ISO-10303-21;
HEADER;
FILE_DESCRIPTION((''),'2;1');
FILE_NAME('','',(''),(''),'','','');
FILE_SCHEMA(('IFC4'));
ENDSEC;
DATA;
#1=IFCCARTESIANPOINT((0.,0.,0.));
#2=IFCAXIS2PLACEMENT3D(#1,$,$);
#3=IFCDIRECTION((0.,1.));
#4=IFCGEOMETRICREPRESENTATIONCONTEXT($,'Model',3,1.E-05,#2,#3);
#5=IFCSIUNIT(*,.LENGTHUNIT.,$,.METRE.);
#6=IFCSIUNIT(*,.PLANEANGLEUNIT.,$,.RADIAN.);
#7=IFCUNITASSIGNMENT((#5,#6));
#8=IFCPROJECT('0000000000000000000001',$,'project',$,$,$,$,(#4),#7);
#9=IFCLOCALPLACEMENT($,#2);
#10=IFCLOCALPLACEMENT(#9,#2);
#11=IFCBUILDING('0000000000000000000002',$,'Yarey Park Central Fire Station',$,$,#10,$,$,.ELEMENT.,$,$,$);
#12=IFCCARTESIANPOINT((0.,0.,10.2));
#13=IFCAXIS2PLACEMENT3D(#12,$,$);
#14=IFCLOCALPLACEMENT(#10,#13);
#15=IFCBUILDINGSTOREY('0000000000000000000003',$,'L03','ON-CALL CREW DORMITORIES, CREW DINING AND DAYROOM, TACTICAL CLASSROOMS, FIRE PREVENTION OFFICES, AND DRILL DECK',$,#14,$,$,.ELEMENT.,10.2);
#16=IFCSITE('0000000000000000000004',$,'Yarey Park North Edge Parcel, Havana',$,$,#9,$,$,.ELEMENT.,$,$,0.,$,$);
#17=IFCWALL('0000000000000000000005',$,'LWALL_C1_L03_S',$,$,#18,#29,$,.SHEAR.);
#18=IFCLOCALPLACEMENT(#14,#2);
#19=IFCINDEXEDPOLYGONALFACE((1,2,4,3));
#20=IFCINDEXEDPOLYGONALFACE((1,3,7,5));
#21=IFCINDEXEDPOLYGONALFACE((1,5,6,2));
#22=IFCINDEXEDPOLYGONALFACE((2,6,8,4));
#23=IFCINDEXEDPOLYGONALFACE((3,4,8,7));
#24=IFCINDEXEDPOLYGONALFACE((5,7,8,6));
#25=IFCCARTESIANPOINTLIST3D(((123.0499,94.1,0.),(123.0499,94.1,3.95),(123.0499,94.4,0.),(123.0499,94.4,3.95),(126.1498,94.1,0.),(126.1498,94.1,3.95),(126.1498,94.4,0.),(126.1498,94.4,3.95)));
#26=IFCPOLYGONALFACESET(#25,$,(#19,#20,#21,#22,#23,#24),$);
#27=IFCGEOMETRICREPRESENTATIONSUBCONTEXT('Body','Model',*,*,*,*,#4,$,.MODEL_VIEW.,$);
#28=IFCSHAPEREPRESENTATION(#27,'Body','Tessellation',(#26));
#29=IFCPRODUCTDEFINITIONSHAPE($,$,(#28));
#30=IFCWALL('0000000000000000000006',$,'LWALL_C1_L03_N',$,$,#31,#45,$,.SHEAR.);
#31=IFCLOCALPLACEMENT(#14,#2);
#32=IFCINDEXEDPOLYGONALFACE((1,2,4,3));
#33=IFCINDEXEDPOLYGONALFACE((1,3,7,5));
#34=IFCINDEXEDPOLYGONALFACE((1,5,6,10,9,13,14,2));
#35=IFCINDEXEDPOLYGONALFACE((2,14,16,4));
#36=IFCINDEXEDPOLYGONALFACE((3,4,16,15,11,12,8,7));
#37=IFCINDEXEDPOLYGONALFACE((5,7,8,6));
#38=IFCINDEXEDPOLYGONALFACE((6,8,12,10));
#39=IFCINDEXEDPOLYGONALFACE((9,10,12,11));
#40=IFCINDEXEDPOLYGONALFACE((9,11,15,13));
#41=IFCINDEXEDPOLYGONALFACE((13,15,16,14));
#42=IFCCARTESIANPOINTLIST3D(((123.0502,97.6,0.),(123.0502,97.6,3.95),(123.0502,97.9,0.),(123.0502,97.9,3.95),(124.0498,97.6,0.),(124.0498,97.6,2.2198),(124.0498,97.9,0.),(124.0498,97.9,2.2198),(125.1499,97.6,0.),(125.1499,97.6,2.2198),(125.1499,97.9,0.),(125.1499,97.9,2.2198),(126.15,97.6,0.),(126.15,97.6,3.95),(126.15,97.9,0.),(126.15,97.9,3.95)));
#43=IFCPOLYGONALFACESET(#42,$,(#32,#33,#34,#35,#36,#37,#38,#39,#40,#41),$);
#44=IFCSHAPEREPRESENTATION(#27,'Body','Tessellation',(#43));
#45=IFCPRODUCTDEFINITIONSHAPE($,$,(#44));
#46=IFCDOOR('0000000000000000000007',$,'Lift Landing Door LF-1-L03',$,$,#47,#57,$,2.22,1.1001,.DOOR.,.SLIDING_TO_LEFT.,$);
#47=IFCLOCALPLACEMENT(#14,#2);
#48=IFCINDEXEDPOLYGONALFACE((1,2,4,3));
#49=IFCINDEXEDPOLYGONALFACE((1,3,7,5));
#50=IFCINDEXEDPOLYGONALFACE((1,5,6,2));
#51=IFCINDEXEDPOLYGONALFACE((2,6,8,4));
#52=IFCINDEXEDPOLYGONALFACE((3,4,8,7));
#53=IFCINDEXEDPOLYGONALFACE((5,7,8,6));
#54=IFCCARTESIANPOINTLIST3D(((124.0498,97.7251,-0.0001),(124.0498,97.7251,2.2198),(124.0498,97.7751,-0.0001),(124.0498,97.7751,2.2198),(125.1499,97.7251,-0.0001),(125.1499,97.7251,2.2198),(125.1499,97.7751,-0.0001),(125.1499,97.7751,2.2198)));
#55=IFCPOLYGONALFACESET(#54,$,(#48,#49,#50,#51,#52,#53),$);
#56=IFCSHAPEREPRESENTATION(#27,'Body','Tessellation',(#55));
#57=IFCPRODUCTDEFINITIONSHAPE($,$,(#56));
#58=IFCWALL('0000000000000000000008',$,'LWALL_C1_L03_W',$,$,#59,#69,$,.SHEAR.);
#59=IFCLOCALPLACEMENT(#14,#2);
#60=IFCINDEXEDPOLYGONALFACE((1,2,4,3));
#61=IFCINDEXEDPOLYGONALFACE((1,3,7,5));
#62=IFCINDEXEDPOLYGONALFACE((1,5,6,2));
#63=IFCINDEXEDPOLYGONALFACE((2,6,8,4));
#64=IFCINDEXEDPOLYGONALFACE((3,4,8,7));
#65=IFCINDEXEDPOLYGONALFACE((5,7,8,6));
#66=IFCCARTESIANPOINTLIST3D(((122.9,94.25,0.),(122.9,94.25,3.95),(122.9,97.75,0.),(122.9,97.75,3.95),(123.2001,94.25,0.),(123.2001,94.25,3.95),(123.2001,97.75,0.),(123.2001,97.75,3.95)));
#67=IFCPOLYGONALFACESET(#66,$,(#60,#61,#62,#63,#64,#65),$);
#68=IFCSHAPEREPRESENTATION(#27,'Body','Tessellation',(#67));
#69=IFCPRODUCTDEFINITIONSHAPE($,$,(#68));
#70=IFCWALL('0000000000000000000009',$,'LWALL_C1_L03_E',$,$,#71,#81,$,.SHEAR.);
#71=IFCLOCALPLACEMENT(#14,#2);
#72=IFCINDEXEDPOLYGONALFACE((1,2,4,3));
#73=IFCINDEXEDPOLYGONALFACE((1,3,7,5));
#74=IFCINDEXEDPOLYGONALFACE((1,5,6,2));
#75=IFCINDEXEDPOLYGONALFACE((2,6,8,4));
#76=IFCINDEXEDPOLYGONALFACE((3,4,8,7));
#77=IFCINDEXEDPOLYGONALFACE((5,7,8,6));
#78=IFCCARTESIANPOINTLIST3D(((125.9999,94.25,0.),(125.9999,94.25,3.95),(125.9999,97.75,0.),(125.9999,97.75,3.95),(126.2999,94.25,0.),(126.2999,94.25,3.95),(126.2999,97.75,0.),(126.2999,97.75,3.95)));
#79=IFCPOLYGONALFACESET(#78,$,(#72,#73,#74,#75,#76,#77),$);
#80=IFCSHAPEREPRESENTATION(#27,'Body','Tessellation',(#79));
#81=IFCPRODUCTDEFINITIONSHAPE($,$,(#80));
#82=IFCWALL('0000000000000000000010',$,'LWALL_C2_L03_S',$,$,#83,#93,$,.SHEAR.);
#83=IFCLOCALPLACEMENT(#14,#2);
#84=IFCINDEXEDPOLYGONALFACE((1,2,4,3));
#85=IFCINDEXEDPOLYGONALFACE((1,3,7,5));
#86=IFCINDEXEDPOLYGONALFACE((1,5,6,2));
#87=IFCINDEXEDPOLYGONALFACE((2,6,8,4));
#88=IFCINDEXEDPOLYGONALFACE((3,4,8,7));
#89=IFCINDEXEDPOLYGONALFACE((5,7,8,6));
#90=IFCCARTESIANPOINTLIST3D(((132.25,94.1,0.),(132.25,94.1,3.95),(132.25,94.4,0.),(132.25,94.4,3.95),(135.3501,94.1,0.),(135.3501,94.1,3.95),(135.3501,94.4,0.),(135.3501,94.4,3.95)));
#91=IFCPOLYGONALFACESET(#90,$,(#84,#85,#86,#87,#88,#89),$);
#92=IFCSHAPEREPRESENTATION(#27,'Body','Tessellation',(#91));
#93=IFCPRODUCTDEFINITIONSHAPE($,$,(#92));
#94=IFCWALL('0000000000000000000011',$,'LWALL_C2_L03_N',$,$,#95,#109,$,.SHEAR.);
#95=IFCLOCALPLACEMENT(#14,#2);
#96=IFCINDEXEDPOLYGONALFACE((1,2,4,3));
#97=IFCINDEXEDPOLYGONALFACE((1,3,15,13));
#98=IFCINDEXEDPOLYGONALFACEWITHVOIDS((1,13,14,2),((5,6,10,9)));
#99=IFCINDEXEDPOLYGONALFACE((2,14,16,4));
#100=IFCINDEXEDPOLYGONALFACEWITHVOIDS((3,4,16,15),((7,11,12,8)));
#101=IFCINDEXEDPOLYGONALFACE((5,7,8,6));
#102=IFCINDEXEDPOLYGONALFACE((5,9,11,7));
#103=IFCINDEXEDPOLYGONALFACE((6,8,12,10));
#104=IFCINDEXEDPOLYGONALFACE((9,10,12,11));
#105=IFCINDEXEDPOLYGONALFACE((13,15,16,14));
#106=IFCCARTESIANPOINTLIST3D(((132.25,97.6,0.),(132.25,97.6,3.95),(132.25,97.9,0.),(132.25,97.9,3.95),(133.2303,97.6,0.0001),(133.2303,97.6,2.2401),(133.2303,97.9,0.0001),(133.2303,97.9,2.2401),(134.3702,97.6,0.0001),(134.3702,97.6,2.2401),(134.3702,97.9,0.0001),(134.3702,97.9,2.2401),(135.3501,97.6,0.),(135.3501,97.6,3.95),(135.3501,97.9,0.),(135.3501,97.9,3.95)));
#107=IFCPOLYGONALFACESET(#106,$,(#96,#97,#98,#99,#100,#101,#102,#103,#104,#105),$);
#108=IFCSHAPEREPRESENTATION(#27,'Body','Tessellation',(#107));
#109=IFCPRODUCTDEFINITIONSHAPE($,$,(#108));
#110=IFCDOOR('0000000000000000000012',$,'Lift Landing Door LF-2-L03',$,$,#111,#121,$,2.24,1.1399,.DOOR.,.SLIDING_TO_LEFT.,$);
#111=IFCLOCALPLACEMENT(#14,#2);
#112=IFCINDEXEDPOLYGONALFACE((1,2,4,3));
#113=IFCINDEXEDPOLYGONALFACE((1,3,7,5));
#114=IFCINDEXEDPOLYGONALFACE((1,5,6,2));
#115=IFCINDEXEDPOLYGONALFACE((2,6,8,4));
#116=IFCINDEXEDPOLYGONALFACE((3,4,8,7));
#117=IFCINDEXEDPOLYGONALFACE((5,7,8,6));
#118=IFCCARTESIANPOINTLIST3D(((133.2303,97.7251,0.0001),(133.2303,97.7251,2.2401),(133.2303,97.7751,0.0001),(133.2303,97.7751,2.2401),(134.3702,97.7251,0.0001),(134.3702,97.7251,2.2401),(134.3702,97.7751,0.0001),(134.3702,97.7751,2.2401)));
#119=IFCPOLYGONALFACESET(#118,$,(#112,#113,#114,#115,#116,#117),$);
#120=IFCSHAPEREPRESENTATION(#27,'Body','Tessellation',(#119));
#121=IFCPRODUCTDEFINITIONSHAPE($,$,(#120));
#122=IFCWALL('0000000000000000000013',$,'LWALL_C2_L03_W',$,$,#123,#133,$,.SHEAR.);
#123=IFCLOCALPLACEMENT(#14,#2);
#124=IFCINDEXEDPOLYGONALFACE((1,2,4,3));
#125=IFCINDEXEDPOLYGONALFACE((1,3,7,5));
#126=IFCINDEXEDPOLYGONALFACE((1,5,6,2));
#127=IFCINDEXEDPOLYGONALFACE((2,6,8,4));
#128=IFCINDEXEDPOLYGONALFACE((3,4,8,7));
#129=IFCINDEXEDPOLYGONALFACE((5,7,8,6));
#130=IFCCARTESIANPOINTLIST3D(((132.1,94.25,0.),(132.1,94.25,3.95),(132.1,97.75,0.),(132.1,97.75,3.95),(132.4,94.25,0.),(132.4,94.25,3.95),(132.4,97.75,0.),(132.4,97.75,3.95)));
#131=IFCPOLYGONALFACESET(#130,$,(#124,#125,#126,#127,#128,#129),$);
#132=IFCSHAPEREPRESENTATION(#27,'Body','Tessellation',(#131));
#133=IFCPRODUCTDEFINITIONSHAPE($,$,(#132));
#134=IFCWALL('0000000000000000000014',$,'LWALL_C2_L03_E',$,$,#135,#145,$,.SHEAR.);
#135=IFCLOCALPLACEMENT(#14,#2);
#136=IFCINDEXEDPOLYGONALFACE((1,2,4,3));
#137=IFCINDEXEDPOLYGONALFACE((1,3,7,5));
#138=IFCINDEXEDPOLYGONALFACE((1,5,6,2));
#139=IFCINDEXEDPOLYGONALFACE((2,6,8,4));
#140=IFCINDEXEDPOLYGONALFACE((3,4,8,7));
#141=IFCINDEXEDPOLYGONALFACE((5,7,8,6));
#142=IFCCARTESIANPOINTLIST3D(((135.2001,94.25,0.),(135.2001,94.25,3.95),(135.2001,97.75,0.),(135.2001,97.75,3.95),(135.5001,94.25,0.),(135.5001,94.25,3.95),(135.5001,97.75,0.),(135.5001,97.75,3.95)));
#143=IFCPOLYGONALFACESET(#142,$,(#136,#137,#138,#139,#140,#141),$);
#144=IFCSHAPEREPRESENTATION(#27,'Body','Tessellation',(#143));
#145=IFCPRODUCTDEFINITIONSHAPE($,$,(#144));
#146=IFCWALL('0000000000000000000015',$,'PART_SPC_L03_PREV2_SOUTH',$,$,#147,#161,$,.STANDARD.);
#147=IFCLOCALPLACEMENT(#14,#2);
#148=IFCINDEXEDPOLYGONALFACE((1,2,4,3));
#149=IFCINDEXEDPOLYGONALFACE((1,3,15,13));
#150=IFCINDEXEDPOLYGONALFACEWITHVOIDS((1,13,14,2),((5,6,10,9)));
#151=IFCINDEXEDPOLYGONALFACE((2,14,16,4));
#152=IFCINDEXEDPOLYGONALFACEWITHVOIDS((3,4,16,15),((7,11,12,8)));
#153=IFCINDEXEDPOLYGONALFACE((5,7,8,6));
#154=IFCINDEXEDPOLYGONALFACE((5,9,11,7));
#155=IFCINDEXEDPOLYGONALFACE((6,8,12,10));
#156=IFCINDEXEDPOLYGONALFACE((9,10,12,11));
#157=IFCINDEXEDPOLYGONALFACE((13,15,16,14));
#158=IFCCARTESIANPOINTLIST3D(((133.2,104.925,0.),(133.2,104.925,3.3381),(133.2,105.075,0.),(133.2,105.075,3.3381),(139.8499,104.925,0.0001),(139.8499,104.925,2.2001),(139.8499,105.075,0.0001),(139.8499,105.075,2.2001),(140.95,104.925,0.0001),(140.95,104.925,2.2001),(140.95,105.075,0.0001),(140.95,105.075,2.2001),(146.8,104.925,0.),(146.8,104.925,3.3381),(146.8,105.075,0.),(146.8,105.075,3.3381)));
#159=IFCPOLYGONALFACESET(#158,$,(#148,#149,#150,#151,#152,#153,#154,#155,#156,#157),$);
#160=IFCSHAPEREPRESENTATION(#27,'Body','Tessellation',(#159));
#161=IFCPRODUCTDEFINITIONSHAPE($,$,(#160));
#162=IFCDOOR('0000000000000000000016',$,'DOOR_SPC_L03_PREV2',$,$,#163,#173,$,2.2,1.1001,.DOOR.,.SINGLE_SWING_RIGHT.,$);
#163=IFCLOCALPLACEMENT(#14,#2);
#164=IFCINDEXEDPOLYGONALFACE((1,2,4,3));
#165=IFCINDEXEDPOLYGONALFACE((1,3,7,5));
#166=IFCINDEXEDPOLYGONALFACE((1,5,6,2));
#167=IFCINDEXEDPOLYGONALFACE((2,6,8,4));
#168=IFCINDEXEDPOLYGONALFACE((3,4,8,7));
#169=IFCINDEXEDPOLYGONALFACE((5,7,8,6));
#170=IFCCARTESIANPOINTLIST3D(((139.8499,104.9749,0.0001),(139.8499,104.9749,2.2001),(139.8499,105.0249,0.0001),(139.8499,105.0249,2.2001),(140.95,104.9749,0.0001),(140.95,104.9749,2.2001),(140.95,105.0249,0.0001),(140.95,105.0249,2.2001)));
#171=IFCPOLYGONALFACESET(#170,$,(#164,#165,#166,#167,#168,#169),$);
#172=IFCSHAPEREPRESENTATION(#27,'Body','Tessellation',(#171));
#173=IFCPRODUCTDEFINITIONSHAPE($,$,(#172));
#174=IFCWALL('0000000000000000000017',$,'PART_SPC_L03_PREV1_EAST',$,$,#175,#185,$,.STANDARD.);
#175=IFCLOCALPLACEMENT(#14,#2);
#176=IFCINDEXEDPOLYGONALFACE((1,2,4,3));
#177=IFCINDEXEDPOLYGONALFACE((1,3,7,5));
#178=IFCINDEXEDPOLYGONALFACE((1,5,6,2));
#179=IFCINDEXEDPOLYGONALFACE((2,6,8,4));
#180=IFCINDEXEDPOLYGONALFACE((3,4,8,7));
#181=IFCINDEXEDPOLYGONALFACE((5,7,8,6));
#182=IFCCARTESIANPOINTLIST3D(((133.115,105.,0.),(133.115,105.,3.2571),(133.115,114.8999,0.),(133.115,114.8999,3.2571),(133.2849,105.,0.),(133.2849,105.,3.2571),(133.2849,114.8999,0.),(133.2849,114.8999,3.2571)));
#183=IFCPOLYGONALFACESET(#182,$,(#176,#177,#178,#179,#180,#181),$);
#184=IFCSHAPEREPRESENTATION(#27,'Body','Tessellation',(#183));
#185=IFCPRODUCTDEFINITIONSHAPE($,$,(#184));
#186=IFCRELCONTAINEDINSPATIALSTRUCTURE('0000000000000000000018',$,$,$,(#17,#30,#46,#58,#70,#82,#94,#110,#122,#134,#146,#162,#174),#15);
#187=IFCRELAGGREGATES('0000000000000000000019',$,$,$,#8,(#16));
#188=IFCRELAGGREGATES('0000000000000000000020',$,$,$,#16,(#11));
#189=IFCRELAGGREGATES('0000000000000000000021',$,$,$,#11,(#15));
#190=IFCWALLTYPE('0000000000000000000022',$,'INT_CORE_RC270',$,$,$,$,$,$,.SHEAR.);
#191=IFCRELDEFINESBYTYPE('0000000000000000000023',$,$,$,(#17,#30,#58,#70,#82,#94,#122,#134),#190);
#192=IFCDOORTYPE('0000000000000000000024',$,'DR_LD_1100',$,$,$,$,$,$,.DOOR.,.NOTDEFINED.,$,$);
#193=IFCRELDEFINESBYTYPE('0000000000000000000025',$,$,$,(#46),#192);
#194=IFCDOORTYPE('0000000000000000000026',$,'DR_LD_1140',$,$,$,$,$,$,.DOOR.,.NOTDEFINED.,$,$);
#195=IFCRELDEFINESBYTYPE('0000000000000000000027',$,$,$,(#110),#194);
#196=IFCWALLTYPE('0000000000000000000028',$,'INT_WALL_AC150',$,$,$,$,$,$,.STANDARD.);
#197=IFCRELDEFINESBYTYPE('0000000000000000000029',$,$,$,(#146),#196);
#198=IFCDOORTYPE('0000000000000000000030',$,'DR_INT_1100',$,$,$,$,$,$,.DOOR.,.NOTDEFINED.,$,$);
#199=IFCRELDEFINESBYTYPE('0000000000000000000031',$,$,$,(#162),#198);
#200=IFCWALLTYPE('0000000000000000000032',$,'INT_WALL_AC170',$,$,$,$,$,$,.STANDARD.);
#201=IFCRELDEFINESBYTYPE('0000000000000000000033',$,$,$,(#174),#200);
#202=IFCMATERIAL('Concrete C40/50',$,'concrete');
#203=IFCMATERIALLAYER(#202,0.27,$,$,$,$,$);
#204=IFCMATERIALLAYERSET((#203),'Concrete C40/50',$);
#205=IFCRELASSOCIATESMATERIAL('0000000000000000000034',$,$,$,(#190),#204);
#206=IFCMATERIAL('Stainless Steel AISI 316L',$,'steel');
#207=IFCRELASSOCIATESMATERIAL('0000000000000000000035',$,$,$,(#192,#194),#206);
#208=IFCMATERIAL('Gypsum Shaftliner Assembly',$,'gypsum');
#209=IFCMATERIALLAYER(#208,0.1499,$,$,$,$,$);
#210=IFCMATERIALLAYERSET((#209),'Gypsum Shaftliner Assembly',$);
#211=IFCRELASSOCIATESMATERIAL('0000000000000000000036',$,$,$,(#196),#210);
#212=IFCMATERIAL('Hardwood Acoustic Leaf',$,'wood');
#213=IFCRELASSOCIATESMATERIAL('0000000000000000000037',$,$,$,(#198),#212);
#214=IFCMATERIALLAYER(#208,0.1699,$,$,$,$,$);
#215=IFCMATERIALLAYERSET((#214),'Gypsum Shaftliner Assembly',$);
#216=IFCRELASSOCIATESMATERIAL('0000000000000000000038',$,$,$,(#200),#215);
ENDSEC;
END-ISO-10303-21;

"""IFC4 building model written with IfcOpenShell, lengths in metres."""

from ifc_helpers import new_model, si_unit, direction, frame, frame_2d, origin, place, context, subcontext, project, spatial, rectangle, extrude, material, layer, layer_set, type_object, element, fill, save


model = new_model("IFC4")

# Units and contexts
model_context = context("Model", 3, precision=1e-05, world=origin(), true_north=direction((0.0, 1.0)))
body_context = subcontext(model_context, "Body", "Model", "MODEL_VIEW")
ifc_project = project(units=[si_unit("LENGTHUNIT", "METRE"), si_unit("PLANEANGLEUNIT", "RADIAN")], contexts=[model_context])

# Site, building, storey
site_placement = place(None, origin())
site = spatial("IfcSite", under=ifc_project, at=site_placement, Name="Yarey Park North Edge Parcel, Havana", CompositionType="ELEMENT", RefElevation=0.0)
building_placement = place(site_placement, origin())
building = spatial("IfcBuilding", under=site, at=building_placement, Name="Yarey Park Central Fire Station", CompositionType="ELEMENT")
storey_placement = place(building_placement, frame((0.0, 0.0, 10.2)))
storey = spatial("IfcBuildingStorey", under=building, at=storey_placement, Name="L03", Description="ON-CALL CREW DORMITORIES, CREW DINING AND DAYROOM, TACTICAL CLASSROOMS, FIRE PREVENTION OFFICES, AND DRILL DECK", CompositionType="ELEMENT", Elevation=10.2)

# Shared definitions
ifc_material_1 = material(Name="Concrete C40/50", Category="concrete")

# Wall
ifc_layer_1 = layer(ifc_material_1, 0.27)
ifc_layer_set_1 = layer_set([ifc_layer_1], Name="Concrete C40/50")
wall_type_1 = type_object("IfcWallType", Name="INT_CORE_RC270", PredefinedType="SHEAR", material=ifc_layer_set_1)
wall_1_placement = place(storey_placement, frame((123.05, 94.25, 0.0), z_axis=(0.0, 0.0, 1.0), x_axis=(1.0, 0.0, 0.0)))
element("IfcWall", 1, at=wall_1_placement, inside=storey, type_object=wall_type_1, Name="LWALL_C1_L03_S", PredefinedType="SHEAR", context=body_context, shape_type="SweptSolid", body=[
    extrude(rectangle(XDim=3.0999, YDim=0.3, at=frame_2d((1.5498, 0.0))), origin(), (0.0, 0.0, 1.0), 3.95),
])

# Wall, opening, door
wall_2_placement = place(storey_placement, frame((126.1499, 97.75, 0.0), z_axis=(0.0, 0.0, 1.0), x_axis=(-1.0, 0.0, 0.0)))
wall_2 = element("IfcWall", 2, at=wall_2_placement, inside=storey, type_object=wall_type_1, Name="LWALL_C1_L03_N", PredefinedType="SHEAR", context=body_context, shape_type="SweptSolid", body=[
    extrude(rectangle(XDim=3.0999, YDim=0.3, at=frame_2d((1.5498, 0.0))), origin(), (0.0, 0.0, 1.0), 3.95),
])
opening_1_placement = place(wall_2_placement, frame((1.0, 0.0, 0.0)))
opening_1 = element("IfcOpeningElement", 3, at=opening_1_placement, cuts=wall_2, PredefinedType="OPENING", context=body_context, shape_type="SweptSolid", body=[
    extrude(rectangle(XDim=1.1001, YDim=2.22, at=frame_2d((0.55, 1.1099))), frame((0.0, 0.1599, 0.0), z_axis=(0.0, -1.0, 0.0), x_axis=(1.0, 0.0, 0.0)), (0.0, 0.0, 1.0), 0.3201),
])
ifc_material_2 = material(Name="Stainless Steel AISI 316L", Category="steel")
door_type_1 = type_object("IfcDoorType", Name="DR_LD_1100", OperationType="NOTDEFINED", PredefinedType="DOOR", material=ifc_material_2)
door_1_placement = place(opening_1_placement, origin())
door_1 = element("IfcDoor", 4, at=door_1_placement, inside=storey, type_object=door_type_1, Name="Lift Landing Door LF-1-L03", OperationType="SLIDING_TO_LEFT", OverallHeight=2.22, OverallWidth=1.1001, PredefinedType="DOOR", context=body_context, shape_type="SweptSolid", body=[
    extrude(rectangle(XDim=1.1001, YDim=2.22, at=frame_2d((0.55, 1.1099))), frame((0.0, 0.0249, 0.0), z_axis=(0.0, -1.0, 0.0), x_axis=(1.0, 0.0, 0.0)), (0.0, 0.0, 1.0), 0.05),
])
fill(opening_1, door_1)

# Walls
for number, where, z_axis, x_axis, name in (
    (5, (123.05, 97.75, 0.0), (0.0, 0.0, 1.0), (0.0, -1.0, 0.0), "LWALL_C1_L03_W"),
    (6, (126.1499, 94.25, 0.0), (0.0, 0.0, 1.0), (0.0, 1.0, 0.0), "LWALL_C1_L03_E"),
):
    element("IfcWall", number, at=place(storey_placement, frame(where, z_axis=z_axis, x_axis=x_axis)), inside=storey, type_object=wall_type_1, Name=name, PredefinedType="SHEAR", context=body_context, shape_type="SweptSolid", body=[
        extrude(rectangle(XDim=3.5, YDim=0.3, at=frame_2d((1.75, 0.0))), origin(), (0.0, 0.0, 1.0), 3.95),
    ])
wall_3_placement = place(storey_placement, frame((132.25, 94.25, 0.0), z_axis=(0.0, 0.0, 1.0), x_axis=(1.0, 0.0, 0.0)))
element("IfcWall", 7, at=wall_3_placement, inside=storey, type_object=wall_type_1, Name="LWALL_C2_L03_S", PredefinedType="SHEAR", context=body_context, shape_type="SweptSolid", body=[
    extrude(rectangle(XDim=3.1001, YDim=0.3, at=frame_2d((1.55, 0.0))), origin(), (0.0, 0.0, 1.0), 3.95),
])

# Wall, opening, door
wall_4_placement = place(storey_placement, frame((135.3501, 97.75, 0.0), z_axis=(0.0, 0.0, 1.0), x_axis=(-1.0, 0.0, 0.0)))
wall_4 = element("IfcWall", 8, at=wall_4_placement, inside=storey, type_object=wall_type_1, Name="LWALL_C2_L03_N", PredefinedType="SHEAR", context=body_context, shape_type="SweptSolid", body=[
    extrude(rectangle(XDim=3.1001, YDim=0.3, at=frame_2d((1.55, 0.0))), origin(), (0.0, 0.0, 1.0), 3.95),
])
opening_2_placement = place(wall_4_placement, frame((0.98, 0.0, 0.0)))
opening_2 = element("IfcOpeningElement", 9, at=opening_2_placement, cuts=wall_4, PredefinedType="OPENING", context=body_context, shape_type="SweptSolid", body=[
    extrude(rectangle(XDim=1.1399, YDim=2.24, at=frame_2d((0.5698, 1.1201))), frame((0.0, 0.1599, 0.0), z_axis=(0.0, -1.0, 0.0), x_axis=(1.0, 0.0, 0.0)), (0.0, 0.0, 1.0), 0.3201),
])
door_type_2 = type_object("IfcDoorType", Name="DR_LD_1140", OperationType="NOTDEFINED", PredefinedType="DOOR", material=ifc_material_2)
door_2_placement = place(opening_2_placement, origin())
door_2 = element("IfcDoor", 10, at=door_2_placement, inside=storey, type_object=door_type_2, Name="Lift Landing Door LF-2-L03", OperationType="SLIDING_TO_LEFT", OverallHeight=2.24, OverallWidth=1.1399, PredefinedType="DOOR", context=body_context, shape_type="SweptSolid", body=[
    extrude(rectangle(XDim=1.1399, YDim=2.24, at=frame_2d((0.5698, 1.1201))), frame((0.0, 0.0249, 0.0), z_axis=(0.0, -1.0, 0.0), x_axis=(1.0, 0.0, 0.0)), (0.0, 0.0, 1.0), 0.05),
])
fill(opening_2, door_2)

# Walls
for number, where, z_axis, x_axis, name in (
    (11, (132.25, 97.75, 0.0), (0.0, 0.0, 1.0), (0.0, -1.0, 0.0), "LWALL_C2_L03_W"),
    (12, (135.3501, 94.25, 0.0), (0.0, 0.0, 1.0), (0.0, 1.0, 0.0), "LWALL_C2_L03_E"),
):
    element("IfcWall", number, at=place(storey_placement, frame(where, z_axis=z_axis, x_axis=x_axis)), inside=storey, type_object=wall_type_1, Name=name, PredefinedType="SHEAR", context=body_context, shape_type="SweptSolid", body=[
        extrude(rectangle(XDim=3.5, YDim=0.3, at=frame_2d((1.75, 0.0))), origin(), (0.0, 0.0, 1.0), 3.95),
    ])

# Wall, opening, door
ifc_material_3 = material(Name="Gypsum Shaftliner Assembly", Category="gypsum")
ifc_layer_2 = layer(ifc_material_3, 0.1499)
ifc_layer_set_2 = layer_set([ifc_layer_2], Name="Gypsum Shaftliner Assembly")
wall_type_2 = type_object("IfcWallType", Name="INT_WALL_AC150", PredefinedType="STANDARD", material=ifc_layer_set_2)
wall_5_placement = place(storey_placement, frame((133.2, 105.0, 0.0), z_axis=(0.0, 0.0, 1.0), x_axis=(1.0, 0.0, 0.0)))
wall_5 = element("IfcWall", 13, at=wall_5_placement, inside=storey, type_object=wall_type_2, Name="PART_SPC_L03_PREV2_SOUTH", PredefinedType="STANDARD", context=body_context, shape_type="SweptSolid", body=[
    extrude(rectangle(XDim=13.6001, YDim=0.1499, at=frame_2d((6.8, 0.0))), origin(), (0.0, 0.0, 1.0), 3.3381),
])
opening_3_placement = place(wall_5_placement, frame((6.6499, 0.0, 0.0)))
opening_3 = element("IfcOpeningElement", 14, at=opening_3_placement, cuts=wall_5, PredefinedType="OPENING", context=body_context, shape_type="SweptSolid", body=[
    extrude(rectangle(XDim=1.1001, YDim=2.2, at=frame_2d((0.55, 1.1001))), frame((0.0, 0.085, 0.0), z_axis=(0.0, -1.0, 0.0), x_axis=(1.0, 0.0, 0.0)), (0.0, 0.0, 1.0), 0.1699),
])
ifc_material_4 = material(Name="Hardwood Acoustic Leaf", Category="wood")
door_type_3 = type_object("IfcDoorType", Name="DR_INT_1100", OperationType="NOTDEFINED", PredefinedType="DOOR", material=ifc_material_4)
door_3_placement = place(opening_3_placement, origin())
door_3 = element("IfcDoor", 15, at=door_3_placement, inside=storey, type_object=door_type_3, Name="DOOR_SPC_L03_PREV2", OperationType="SINGLE_SWING_RIGHT", OverallHeight=2.2, OverallWidth=1.1001, PredefinedType="DOOR", context=body_context, shape_type="SweptSolid", body=[
    extrude(rectangle(XDim=1.1001, YDim=2.2, at=frame_2d((0.55, 1.1001))), frame((0.0, 0.0249, 0.0), z_axis=(0.0, -1.0, 0.0), x_axis=(1.0, 0.0, 0.0)), (0.0, 0.0, 1.0), 0.05),
])
fill(opening_3, door_3)

# Wall
ifc_layer_3 = layer(ifc_material_3, 0.1699)
ifc_layer_set_3 = layer_set([ifc_layer_3], Name="Gypsum Shaftliner Assembly")
wall_type_3 = type_object("IfcWallType", Name="INT_WALL_AC170", PredefinedType="STANDARD", material=ifc_layer_set_3)
wall_6_placement = place(storey_placement, frame((133.2, 105.0, 0.0), z_axis=(0.0, 0.0, 1.0), x_axis=(0.0, 1.0, 0.0)))
element("IfcWall", 16, at=wall_6_placement, inside=storey, type_object=wall_type_3, Name="PART_SPC_L03_PREV1_EAST", PredefinedType="STANDARD", context=body_context, shape_type="SweptSolid", body=[
    extrude(rectangle(XDim=9.8999, YDim=0.1699, at=frame_2d((4.95, 0.0))), origin(), (0.0, 0.0, 1.0), 3.2571),
])

save(model, "model.ifc")
